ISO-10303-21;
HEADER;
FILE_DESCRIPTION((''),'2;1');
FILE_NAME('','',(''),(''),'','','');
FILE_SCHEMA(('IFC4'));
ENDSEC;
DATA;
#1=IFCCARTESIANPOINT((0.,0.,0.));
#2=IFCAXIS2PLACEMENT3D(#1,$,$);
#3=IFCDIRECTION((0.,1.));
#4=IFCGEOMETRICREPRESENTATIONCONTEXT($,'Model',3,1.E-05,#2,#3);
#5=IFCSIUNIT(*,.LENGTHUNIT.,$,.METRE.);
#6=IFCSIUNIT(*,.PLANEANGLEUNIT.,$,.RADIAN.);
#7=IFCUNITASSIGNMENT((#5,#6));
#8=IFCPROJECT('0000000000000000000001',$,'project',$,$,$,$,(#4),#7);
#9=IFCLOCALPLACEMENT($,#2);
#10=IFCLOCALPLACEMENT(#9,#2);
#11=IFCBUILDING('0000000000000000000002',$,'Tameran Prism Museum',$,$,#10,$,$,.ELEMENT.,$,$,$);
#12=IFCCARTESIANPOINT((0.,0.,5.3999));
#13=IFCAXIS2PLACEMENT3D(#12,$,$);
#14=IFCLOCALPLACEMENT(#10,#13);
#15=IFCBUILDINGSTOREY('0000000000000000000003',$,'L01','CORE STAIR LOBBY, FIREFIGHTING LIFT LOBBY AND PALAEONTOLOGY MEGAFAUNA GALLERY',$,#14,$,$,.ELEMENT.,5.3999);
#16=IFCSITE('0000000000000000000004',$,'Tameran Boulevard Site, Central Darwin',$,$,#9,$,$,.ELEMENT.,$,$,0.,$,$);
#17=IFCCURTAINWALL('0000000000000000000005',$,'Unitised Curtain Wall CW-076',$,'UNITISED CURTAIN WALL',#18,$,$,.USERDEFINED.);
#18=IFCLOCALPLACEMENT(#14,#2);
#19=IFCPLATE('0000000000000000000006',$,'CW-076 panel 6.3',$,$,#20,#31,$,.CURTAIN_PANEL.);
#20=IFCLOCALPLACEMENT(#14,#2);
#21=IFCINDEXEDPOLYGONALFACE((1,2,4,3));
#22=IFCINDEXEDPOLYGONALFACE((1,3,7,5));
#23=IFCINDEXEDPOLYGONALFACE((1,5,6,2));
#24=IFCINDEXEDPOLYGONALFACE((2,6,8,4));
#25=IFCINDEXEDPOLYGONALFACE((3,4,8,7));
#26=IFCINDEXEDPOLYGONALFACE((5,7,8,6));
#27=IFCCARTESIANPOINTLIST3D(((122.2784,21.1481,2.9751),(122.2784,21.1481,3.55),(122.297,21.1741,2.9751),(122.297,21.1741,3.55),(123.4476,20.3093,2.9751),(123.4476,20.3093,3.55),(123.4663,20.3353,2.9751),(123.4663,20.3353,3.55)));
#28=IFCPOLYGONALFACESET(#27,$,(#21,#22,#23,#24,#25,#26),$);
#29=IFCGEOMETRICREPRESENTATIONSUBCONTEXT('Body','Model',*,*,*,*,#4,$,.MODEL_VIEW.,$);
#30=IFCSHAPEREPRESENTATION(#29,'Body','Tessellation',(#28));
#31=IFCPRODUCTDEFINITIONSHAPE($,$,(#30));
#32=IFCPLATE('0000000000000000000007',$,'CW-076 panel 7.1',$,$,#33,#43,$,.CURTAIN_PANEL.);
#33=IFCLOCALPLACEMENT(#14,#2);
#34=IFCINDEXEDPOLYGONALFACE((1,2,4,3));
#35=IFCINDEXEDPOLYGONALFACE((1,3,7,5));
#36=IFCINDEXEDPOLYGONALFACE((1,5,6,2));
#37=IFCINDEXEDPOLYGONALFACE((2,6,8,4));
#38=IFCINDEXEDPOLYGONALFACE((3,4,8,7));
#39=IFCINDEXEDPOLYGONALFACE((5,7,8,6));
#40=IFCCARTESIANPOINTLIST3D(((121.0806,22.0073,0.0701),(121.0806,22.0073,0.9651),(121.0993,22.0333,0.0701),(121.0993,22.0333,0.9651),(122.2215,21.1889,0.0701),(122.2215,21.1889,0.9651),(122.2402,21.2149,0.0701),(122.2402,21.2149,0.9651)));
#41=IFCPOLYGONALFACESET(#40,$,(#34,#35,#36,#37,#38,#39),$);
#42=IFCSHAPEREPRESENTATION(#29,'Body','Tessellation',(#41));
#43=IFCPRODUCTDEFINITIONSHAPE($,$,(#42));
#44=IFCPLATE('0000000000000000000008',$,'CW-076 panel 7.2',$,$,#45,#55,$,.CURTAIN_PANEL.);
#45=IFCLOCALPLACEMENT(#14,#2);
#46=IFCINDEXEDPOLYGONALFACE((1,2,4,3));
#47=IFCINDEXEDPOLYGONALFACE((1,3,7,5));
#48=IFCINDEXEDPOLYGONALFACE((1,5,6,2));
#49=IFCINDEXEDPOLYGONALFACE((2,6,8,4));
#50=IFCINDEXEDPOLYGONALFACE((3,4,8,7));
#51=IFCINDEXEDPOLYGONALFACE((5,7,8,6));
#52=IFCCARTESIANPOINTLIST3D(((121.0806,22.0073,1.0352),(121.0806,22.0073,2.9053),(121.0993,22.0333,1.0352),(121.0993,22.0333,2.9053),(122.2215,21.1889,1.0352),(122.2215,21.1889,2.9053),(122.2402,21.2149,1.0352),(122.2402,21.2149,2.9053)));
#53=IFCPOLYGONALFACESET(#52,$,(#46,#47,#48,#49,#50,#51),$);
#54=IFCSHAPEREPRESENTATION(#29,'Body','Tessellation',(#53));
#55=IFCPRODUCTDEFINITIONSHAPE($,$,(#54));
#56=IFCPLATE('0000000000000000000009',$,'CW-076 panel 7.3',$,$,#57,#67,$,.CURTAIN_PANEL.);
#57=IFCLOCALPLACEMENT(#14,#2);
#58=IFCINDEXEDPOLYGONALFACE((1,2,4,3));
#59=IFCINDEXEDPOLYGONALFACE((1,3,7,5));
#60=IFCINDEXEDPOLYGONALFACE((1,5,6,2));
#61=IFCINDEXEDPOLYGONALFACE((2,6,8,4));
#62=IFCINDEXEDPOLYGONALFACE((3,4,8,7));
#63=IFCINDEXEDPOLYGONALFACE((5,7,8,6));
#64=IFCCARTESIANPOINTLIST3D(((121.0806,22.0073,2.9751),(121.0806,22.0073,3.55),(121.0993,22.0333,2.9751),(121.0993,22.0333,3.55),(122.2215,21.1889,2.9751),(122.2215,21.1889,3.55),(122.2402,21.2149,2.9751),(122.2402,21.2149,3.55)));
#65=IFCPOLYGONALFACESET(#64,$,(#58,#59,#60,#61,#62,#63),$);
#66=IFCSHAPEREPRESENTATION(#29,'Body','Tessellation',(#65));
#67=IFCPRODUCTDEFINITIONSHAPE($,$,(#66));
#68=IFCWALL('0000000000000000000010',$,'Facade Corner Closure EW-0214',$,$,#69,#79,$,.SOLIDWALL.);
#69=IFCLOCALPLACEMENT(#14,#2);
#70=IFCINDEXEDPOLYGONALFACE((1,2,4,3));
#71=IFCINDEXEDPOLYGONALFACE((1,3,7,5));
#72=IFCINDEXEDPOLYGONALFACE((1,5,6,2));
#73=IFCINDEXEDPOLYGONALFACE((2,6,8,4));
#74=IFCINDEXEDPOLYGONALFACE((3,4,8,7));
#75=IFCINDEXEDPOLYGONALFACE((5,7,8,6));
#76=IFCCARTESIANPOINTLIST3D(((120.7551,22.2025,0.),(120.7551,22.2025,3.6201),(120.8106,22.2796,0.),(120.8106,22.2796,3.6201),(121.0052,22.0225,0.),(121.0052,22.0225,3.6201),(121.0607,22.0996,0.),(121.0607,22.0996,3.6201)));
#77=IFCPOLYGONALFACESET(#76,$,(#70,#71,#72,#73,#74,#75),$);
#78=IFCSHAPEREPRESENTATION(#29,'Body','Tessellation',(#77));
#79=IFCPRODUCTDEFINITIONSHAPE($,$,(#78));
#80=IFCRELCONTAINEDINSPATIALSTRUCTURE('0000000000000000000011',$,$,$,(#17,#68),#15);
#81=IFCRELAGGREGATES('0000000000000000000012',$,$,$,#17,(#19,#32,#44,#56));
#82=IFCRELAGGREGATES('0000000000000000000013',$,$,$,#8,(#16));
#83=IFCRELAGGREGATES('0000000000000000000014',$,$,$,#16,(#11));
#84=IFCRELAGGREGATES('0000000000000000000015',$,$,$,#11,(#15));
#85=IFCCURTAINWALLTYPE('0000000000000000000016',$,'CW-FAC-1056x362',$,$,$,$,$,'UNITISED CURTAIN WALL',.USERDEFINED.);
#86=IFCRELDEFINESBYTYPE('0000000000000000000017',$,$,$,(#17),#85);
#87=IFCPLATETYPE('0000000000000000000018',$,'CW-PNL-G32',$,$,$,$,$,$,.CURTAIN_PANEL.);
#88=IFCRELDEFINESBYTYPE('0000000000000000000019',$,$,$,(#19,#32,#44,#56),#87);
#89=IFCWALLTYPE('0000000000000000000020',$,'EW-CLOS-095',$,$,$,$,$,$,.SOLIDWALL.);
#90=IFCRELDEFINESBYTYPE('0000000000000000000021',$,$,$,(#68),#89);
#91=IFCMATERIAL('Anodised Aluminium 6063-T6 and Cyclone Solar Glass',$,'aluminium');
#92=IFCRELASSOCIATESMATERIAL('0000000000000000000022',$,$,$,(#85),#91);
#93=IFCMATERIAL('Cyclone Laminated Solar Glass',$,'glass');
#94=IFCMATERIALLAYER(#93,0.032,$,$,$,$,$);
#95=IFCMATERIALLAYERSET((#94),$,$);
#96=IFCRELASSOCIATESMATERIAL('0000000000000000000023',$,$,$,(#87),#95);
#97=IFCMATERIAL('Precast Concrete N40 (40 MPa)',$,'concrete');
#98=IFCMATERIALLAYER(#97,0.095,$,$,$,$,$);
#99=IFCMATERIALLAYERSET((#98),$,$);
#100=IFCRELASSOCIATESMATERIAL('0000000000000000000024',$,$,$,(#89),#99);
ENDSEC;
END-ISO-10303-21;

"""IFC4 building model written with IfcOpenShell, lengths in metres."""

from ifc_helpers import new_model, si_unit, direction, frame, frame_2d, origin, origin_2d, place, context, subcontext, project, spatial, rectangle, extrude, material, layer, layer_set, type_object, element, aggregate, save


model = new_model("IFC4")

# Units and contexts
model_context = context("Model", 3, precision=1e-05, world=origin(), true_north=direction((0.0, 1.0)))
body_context = subcontext(model_context, "Body", "Model", "MODEL_VIEW")
ifc_project = project(units=[si_unit("LENGTHUNIT", "METRE"), si_unit("PLANEANGLEUNIT", "RADIAN")], contexts=[model_context])

# Site, building, storey
site_placement = place(None, origin())
site = spatial("IfcSite", under=ifc_project, at=site_placement, Name="Tameran Boulevard Site, Central Darwin", CompositionType="ELEMENT", RefElevation=0.0)
building_placement = place(site_placement, origin())
building = spatial("IfcBuilding", under=site, at=building_placement, Name="Tameran Prism Museum", CompositionType="ELEMENT")
storey_placement = place(building_placement, frame((0.0, 0.0, 5.3999)))
storey = spatial("IfcBuildingStorey", under=building, at=storey_placement, Name="L01", Description="CORE STAIR LOBBY, FIREFIGHTING LIFT LOBBY AND PALAEONTOLOGY MEGAFAUNA GALLERY", CompositionType="ELEMENT", Elevation=5.3999)

# Curtain wall
ifc_material_1 = material(Name="Anodised Aluminium 6063-T6 and Cyclone Solar Glass", Category="aluminium")
curtain_wall_type_1 = type_object("IfcCurtainWallType", Name="CW-FAC-1056x362", ElementType="UNITISED CURTAIN WALL", PredefinedType="USERDEFINED", material=ifc_material_1)
curtain_wall_1_placement = place(storey_placement, origin())
curtain_wall_1 = element("IfcCurtainWall", 1, at=curtain_wall_1_placement, inside=storey, type_object=curtain_wall_type_1, Name="Unitised Curtain Wall CW-076", ObjectType="UNITISED CURTAIN WALL", PredefinedType="USERDEFINED")

# Plates
ifc_material_2 = material(Name="Cyclone Laminated Solar Glass", Category="glass")
ifc_layer_1 = layer(ifc_material_2, 0.032)
ifc_layer_set_1 = layer_set([ifc_layer_1])
plate_type_1 = type_object("IfcPlateType", Name="CW-PNL-G32", PredefinedType="CURTAIN_PANEL", material=ifc_layer_set_1)
plate_1_placement = place(storey_placement, frame((122.8723, 20.7417, 2.9751), z_axis=(0.0, 0.0, 1.0), x_axis=(-0.812555, 0.582885, 0.0)))
plate_1 = element("IfcPlate", 2, at=plate_1_placement, type_object=plate_type_1, Name="CW-076 panel 6.3", PredefinedType="CURTAIN_PANEL", context=body_context, shape_type="SweptSolid", body=[
    extrude(rectangle(XDim=1.439, YDim=0.032, at=origin_2d()), origin(), (0.0, 0.0, 1.0), 0.575),
])
plate_2_placement = place(storey_placement, frame((121.6604, 21.6111, 0.0701), z_axis=(0.0, 0.0, 1.0), x_axis=(-0.812555, 0.582885, 0.0)))
plate_2 = element("IfcPlate", 3, at=plate_2_placement, type_object=plate_type_1, Name="CW-076 panel 7.1", PredefinedType="CURTAIN_PANEL", context=body_context, shape_type="SweptSolid", body=[
    extrude(rectangle(XDim=1.4041, YDim=0.032, at=origin_2d()), origin(), (0.0, 0.0, 1.0), 0.895),
])
plate_3_placement = place(storey_placement, frame((121.6604, 21.6111, 1.0352), z_axis=(0.0, 0.0, 1.0), x_axis=(-0.812555, 0.582885, 0.0)))
plate_3 = element("IfcPlate", 4, at=plate_3_placement, type_object=plate_type_1, Name="CW-076 panel 7.2", PredefinedType="CURTAIN_PANEL", context=body_context, shape_type="SweptSolid", body=[
    extrude(rectangle(XDim=1.4041, YDim=0.032, at=origin_2d()), origin(), (0.0, 0.0, 1.0), 1.8701),
])
plate_4_placement = place(storey_placement, frame((121.6604, 21.6111, 2.9751), z_axis=(0.0, 0.0, 1.0), x_axis=(-0.812555, 0.582885, 0.0)))
plate_4 = element("IfcPlate", 5, at=plate_4_placement, type_object=plate_type_1, Name="CW-076 panel 7.3", PredefinedType="CURTAIN_PANEL", context=body_context, shape_type="SweptSolid", body=[
    extrude(rectangle(XDim=1.4041, YDim=0.032, at=origin_2d()), origin(), (0.0, 0.0, 1.0), 0.575),
])
aggregate(curtain_wall_1, [plate_1, plate_2, plate_3, plate_4])

# Wall
ifc_material_3 = material(Name="Precast Concrete N40 (40 MPa)", Category="concrete")
ifc_layer_2 = layer(ifc_material_3, 0.095)
ifc_layer_set_2 = layer_set([ifc_layer_2])
wall_type = type_object("IfcWallType", Name="EW-CLOS-095", PredefinedType="SOLIDWALL", material=ifc_layer_set_2)
wall_placement = place(storey_placement, frame((121.033, 22.061, 0.0), z_axis=(0.0, 0.0, 1.0), x_axis=(-0.81164, 0.584159, 0.0)))
element("IfcWall", 6, at=wall_placement, inside=storey, type_object=wall_type, Name="Facade Corner Closure EW-0214", PredefinedType="SOLIDWALL", context=body_context, shape_type="SweptSolid", body=[
    extrude(rectangle(XDim=0.3081, YDim=0.095, at=frame_2d((0.1541, 0.0))), origin(), (0.0, 0.0, 1.0), 3.6201),
])

save(model, "model.ifc")
